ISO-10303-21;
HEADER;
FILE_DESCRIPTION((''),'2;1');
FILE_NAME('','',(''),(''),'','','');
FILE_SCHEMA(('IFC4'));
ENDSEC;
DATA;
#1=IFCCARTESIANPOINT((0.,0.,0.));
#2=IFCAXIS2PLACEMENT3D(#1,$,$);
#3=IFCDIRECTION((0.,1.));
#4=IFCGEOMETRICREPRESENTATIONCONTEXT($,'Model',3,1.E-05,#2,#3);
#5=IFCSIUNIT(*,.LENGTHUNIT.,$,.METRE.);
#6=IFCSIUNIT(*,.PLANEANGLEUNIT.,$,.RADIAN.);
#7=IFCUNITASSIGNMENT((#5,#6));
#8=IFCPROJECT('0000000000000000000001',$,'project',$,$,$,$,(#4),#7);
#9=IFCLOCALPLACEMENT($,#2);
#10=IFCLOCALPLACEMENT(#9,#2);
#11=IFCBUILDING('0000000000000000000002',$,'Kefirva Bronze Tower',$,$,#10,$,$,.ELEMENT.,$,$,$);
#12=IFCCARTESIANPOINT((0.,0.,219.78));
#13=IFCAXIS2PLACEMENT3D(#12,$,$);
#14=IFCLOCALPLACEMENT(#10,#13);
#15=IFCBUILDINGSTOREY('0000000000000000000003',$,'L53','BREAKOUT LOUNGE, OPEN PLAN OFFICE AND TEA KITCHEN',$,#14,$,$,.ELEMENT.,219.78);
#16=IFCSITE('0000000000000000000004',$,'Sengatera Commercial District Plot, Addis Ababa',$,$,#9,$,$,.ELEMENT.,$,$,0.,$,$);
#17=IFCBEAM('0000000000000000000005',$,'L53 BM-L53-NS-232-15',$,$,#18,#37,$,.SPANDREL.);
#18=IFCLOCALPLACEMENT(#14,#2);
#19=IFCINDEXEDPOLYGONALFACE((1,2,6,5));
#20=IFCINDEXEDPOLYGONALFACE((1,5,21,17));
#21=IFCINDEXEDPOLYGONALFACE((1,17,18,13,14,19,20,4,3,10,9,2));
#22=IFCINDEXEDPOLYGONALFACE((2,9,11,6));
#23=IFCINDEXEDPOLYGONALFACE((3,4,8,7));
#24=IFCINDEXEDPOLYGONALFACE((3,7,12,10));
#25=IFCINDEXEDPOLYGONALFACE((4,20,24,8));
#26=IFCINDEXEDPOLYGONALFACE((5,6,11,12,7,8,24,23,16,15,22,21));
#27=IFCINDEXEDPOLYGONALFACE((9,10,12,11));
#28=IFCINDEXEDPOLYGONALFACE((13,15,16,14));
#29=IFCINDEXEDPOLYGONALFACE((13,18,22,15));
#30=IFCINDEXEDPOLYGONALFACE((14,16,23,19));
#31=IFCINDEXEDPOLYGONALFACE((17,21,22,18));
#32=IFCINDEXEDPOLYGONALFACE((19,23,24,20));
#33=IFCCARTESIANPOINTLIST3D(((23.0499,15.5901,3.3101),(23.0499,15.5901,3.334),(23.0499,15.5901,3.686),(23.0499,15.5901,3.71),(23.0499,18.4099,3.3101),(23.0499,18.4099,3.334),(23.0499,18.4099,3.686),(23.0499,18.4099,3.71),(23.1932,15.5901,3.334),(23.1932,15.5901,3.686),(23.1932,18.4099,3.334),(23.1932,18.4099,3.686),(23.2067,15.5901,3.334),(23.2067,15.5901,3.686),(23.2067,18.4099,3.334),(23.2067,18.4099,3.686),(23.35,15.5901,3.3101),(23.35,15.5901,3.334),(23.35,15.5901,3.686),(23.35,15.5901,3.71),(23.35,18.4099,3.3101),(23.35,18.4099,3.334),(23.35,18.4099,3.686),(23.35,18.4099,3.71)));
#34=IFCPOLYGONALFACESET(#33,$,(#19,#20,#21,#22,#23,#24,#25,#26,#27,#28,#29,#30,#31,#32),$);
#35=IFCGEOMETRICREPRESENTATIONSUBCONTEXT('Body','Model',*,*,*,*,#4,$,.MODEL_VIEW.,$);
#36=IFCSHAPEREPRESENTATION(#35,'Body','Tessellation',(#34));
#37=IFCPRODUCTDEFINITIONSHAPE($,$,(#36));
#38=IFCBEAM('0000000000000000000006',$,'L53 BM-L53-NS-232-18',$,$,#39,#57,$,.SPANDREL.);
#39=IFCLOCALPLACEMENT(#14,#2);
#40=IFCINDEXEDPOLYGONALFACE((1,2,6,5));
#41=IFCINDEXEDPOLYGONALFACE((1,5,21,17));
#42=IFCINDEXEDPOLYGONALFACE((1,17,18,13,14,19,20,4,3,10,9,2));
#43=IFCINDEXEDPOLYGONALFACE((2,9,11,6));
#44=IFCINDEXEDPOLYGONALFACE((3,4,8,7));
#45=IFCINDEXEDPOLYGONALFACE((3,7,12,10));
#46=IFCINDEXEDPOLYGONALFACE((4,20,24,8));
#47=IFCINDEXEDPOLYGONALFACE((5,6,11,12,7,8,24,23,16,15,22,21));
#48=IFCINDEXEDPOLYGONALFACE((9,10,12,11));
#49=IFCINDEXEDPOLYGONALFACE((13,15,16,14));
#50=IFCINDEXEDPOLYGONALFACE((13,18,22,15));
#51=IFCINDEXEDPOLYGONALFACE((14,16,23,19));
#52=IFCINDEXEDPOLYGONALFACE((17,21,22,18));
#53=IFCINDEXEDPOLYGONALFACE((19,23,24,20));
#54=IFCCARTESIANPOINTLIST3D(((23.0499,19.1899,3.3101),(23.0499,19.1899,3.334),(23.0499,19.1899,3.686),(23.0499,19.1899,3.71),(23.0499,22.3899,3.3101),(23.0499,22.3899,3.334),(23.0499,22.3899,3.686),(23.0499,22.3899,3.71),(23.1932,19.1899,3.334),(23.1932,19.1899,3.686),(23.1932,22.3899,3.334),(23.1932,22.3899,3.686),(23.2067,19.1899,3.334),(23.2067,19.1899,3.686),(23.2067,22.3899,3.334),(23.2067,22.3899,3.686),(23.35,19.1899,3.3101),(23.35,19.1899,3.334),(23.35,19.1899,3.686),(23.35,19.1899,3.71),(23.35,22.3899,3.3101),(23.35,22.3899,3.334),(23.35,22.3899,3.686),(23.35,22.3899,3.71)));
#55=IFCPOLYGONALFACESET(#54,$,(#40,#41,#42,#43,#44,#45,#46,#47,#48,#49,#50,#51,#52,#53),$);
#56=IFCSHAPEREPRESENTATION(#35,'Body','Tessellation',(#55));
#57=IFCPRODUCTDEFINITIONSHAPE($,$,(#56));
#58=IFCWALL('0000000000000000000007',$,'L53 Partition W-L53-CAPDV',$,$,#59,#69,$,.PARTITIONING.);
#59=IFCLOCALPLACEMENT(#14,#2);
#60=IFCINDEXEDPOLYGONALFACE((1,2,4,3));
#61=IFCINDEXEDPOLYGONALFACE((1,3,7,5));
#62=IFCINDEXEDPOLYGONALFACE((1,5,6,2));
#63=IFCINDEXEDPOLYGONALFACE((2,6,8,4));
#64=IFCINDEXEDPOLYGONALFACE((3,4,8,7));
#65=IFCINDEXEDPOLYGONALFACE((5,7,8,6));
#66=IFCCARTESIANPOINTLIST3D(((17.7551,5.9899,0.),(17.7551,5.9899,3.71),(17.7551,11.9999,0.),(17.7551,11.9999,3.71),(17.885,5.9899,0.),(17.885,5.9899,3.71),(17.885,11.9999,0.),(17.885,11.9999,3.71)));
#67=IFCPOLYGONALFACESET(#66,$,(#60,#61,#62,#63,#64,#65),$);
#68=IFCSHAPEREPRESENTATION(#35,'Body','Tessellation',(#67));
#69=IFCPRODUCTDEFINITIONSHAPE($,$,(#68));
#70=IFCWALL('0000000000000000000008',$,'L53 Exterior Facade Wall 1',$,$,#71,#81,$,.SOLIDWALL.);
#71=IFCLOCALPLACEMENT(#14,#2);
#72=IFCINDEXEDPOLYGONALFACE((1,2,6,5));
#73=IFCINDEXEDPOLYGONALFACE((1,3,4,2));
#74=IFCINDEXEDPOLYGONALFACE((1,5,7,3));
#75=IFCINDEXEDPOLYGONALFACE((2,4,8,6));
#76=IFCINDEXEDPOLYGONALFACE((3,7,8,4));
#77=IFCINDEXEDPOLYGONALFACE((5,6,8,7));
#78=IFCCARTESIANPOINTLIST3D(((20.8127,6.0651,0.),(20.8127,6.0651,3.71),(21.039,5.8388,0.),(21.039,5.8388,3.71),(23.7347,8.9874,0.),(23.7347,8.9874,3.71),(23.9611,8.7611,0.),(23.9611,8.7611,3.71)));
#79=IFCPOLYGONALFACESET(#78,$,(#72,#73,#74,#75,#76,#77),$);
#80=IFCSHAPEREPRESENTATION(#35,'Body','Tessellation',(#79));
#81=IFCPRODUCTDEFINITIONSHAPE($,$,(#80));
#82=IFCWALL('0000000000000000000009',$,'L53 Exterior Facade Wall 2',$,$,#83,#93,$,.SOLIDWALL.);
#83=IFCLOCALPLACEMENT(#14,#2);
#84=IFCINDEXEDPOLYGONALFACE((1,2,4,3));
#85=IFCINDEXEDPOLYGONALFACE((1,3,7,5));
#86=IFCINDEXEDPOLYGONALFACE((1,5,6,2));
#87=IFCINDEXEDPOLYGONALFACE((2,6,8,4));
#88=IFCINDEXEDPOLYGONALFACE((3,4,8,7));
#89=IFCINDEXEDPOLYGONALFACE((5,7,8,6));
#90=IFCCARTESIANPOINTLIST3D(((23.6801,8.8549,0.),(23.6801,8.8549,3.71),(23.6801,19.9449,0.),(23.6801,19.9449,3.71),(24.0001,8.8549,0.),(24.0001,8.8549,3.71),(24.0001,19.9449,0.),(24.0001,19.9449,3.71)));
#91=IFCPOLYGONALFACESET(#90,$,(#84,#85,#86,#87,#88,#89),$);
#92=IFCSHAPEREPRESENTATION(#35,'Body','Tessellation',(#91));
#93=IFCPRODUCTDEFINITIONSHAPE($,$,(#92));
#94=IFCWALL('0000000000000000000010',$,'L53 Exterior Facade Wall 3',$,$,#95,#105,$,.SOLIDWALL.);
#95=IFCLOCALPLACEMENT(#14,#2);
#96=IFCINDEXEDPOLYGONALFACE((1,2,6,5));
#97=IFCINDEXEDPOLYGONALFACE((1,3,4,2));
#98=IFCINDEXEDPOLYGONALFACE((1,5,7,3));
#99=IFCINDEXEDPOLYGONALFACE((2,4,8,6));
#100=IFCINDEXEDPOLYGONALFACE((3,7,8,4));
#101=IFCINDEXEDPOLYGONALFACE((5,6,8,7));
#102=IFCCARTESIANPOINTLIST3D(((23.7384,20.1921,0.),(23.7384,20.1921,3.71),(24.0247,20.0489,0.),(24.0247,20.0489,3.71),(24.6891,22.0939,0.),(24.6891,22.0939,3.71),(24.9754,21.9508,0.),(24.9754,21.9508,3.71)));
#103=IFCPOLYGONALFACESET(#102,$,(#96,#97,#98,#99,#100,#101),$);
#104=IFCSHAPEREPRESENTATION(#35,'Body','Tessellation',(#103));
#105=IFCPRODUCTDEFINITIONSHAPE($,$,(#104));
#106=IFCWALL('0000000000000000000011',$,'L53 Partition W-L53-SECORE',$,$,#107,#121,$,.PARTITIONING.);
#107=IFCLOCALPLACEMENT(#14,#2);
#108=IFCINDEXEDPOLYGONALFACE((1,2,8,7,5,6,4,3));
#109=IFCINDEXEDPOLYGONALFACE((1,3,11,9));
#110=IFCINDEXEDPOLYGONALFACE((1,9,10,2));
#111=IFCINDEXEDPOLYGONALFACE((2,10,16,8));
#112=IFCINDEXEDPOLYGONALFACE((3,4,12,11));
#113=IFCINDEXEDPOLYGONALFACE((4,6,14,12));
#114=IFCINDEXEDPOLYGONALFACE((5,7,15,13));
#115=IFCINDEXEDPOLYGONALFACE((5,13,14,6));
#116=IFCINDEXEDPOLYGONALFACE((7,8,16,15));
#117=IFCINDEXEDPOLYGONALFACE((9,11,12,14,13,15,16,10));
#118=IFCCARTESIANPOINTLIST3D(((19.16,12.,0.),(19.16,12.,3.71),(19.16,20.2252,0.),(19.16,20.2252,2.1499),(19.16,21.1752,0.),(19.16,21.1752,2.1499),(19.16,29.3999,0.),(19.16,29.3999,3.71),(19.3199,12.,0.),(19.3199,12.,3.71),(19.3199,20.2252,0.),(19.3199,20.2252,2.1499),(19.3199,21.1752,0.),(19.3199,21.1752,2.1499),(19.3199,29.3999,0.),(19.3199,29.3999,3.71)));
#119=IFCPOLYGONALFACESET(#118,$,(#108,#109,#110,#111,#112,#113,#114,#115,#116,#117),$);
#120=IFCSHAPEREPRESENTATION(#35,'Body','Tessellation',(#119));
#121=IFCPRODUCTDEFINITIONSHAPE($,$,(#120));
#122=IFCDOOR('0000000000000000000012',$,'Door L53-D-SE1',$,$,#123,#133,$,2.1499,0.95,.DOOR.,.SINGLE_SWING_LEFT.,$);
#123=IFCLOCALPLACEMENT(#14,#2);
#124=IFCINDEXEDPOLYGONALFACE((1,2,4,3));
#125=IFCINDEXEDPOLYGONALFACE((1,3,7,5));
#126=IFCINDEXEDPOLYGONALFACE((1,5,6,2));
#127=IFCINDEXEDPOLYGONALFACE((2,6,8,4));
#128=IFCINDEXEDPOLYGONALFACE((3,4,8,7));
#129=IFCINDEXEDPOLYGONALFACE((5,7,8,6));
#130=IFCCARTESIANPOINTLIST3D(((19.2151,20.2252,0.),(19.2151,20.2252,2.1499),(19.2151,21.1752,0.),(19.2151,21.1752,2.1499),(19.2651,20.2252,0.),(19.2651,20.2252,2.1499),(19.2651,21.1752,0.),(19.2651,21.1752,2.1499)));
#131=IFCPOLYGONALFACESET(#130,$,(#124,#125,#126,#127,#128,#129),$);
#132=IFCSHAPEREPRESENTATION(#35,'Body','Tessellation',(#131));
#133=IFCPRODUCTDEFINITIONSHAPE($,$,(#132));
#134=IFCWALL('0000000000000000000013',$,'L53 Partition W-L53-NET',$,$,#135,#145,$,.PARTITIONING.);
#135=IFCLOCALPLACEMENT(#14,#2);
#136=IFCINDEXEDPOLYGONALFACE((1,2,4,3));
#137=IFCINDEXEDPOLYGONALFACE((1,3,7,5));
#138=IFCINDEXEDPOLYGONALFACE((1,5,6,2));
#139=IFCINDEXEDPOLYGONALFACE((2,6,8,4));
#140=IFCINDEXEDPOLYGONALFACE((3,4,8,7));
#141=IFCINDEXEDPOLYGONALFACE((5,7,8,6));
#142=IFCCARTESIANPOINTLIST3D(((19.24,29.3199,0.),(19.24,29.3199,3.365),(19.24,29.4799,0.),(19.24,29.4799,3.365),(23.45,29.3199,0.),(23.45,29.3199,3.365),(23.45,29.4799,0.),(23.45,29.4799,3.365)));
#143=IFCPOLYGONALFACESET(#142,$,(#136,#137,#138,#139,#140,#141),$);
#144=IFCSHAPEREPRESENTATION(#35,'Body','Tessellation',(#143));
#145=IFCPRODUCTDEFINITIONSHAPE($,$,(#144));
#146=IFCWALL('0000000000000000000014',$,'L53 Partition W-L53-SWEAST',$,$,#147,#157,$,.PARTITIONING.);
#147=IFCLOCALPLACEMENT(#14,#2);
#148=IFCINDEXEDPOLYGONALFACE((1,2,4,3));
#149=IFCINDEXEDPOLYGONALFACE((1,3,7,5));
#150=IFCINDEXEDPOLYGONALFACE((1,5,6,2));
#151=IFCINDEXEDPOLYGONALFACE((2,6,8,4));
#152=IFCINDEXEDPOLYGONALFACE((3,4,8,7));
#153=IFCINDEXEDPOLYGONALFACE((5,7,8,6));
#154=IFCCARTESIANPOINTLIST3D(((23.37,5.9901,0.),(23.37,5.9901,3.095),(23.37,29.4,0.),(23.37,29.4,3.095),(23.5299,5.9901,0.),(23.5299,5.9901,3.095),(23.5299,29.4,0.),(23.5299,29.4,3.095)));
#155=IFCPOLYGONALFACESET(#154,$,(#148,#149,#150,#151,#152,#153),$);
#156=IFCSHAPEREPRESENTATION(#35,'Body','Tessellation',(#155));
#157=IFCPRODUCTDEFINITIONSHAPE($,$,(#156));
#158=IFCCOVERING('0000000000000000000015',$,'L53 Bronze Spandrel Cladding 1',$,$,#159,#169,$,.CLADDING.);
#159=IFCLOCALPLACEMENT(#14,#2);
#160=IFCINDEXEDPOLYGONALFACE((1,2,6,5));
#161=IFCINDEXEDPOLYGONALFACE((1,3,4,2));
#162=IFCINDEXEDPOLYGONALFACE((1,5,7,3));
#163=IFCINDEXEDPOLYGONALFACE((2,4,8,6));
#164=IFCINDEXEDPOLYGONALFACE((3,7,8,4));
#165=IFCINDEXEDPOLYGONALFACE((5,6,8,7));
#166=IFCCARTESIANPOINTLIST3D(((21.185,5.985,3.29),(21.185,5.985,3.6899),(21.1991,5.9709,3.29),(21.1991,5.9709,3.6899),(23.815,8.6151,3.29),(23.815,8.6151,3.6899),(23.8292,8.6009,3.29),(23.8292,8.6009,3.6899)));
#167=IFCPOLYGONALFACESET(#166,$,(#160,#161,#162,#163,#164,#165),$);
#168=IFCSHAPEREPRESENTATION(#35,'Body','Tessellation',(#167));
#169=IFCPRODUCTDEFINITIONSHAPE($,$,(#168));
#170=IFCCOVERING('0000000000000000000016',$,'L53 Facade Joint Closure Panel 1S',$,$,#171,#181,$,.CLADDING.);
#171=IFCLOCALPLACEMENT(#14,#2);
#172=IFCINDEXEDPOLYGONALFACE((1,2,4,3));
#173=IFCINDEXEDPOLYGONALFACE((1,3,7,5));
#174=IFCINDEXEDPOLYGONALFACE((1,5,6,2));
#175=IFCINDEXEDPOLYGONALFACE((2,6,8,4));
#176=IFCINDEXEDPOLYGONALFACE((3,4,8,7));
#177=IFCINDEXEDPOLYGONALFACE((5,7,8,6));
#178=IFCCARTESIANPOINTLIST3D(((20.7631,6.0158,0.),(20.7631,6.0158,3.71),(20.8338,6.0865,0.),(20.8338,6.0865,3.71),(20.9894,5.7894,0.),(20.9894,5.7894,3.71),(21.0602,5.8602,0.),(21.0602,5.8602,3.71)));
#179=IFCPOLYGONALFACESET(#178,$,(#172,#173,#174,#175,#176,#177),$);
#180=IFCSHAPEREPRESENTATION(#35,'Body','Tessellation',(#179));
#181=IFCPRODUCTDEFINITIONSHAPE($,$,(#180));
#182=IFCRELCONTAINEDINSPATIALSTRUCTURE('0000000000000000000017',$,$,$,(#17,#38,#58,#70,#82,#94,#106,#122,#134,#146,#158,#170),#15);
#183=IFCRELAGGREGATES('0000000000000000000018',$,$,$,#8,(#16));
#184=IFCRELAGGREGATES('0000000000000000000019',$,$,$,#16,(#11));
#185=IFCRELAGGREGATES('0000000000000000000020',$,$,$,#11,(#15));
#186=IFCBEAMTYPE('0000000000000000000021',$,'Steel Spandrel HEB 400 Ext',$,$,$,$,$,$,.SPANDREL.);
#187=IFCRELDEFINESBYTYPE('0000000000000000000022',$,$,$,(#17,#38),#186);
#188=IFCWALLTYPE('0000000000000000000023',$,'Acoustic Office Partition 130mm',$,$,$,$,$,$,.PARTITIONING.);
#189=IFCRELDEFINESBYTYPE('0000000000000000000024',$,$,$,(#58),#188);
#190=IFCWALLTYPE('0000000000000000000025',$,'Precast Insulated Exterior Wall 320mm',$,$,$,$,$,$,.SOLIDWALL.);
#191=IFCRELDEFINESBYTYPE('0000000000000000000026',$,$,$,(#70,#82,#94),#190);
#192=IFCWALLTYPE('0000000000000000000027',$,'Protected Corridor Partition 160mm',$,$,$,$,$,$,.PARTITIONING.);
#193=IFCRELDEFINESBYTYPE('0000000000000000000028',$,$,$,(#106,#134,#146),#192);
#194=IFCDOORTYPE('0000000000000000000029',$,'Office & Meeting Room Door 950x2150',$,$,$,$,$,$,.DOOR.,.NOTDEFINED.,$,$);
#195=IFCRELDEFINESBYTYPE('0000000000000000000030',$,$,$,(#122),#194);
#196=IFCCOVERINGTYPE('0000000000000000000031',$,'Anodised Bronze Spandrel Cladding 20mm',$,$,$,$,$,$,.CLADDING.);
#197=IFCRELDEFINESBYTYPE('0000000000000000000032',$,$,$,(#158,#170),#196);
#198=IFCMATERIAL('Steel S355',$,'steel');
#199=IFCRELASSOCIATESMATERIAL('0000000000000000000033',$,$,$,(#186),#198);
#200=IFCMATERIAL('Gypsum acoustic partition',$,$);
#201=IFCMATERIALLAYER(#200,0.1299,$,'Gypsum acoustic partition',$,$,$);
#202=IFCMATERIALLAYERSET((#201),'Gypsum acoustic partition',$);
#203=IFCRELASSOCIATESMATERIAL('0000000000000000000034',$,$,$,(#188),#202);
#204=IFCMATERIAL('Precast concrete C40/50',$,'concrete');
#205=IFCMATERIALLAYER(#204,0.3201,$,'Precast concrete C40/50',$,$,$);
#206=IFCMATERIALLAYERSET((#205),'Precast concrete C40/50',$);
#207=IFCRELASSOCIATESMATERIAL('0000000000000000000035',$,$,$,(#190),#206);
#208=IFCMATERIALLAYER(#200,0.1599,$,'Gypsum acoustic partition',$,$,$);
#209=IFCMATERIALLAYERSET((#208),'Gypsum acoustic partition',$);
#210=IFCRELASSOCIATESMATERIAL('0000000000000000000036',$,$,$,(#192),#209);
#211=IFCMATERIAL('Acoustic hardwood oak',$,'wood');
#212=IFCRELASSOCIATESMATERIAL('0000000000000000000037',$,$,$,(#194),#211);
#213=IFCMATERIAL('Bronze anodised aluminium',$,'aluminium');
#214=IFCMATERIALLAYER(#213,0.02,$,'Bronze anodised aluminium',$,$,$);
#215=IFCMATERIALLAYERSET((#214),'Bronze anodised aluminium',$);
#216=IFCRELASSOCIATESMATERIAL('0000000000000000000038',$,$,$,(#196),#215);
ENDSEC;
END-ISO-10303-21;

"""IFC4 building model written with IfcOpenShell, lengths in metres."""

from ifc_helpers import new_model, si_unit, direction, frame, frame_2d, origin, origin_2d, place, context, subcontext, project, spatial, rectangle, i_section, extrude, material, layer, layer_set, material_profile, profile_set, type_object, element, fill, save


model = new_model("IFC4")

# Units and contexts
model_context = context("Model", 3, precision=1e-05, world=origin(), true_north=direction((0.0, 1.0)))
body_context = subcontext(model_context, "Body", "Model", "MODEL_VIEW")
ifc_project = project(units=[si_unit("LENGTHUNIT", "METRE"), si_unit("PLANEANGLEUNIT", "RADIAN")], contexts=[model_context])

# Site, building, storey
site_placement = place(None, origin())
site = spatial("IfcSite", under=ifc_project, at=site_placement, Name="Sengatera Commercial District Plot, Addis Ababa", CompositionType="ELEMENT", RefElevation=0.0)
building_placement = place(site_placement, origin())
building = spatial("IfcBuilding", under=site, at=building_placement, Name="Kefirva Bronze Tower", CompositionType="ELEMENT")
storey_placement = place(building_placement, frame((0.0, 0.0, 219.78)))
storey = spatial("IfcBuildingStorey", under=building, at=storey_placement, Name="L53", Description="BREAKOUT LOUNGE, OPEN PLAN OFFICE AND TEA KITCHEN", CompositionType="ELEMENT", Elevation=219.78)

# Shared definitions
ifc_material_1 = material(Name="Bronze anodised aluminium", Category="aluminium")

# Beams
ifc_material_2 = material(Name="Steel S355", Category="steel")
ifc_material_profile_1 = material_profile(ifc_material_2, i_section(OverallWidth=0.3, OverallDepth=0.3999, WebThickness=0.0134, FlangeThickness=0.0239, at=origin_2d()), Name="HEB 400")
ifc_profile_set_1 = profile_set([ifc_material_profile_1], Name="Steel S355")
beam_type_1 = type_object("IfcBeamType", Name="Steel Spandrel HEB 400 Ext", PredefinedType="SPANDREL", material=ifc_profile_set_1)
beam_1_placement = place(storey_placement, frame((23.2, 15.5901, 3.51), z_axis=(0.0, 1.0, 0.0), x_axis=(-1.0, 0.0, 0.0)))
element("IfcBeam", 1, at=beam_1_placement, inside=storey, type_object=beam_type_1, Name="L53 BM-L53-NS-232-15", PredefinedType="SPANDREL", context=body_context, shape_type="SweptSolid", body=[
    extrude(i_section(OverallWidth=0.3, OverallDepth=0.3999, WebThickness=0.0134, FlangeThickness=0.0239, at=origin_2d()), origin(), (0.0, 0.0, 1.0), 2.8198),
])
beam_2_placement = place(storey_placement, frame((23.2, 19.1899, 3.51), z_axis=(0.0, 1.0, 0.0), x_axis=(-1.0, 0.0, 0.0)))
element("IfcBeam", 2, at=beam_2_placement, inside=storey, type_object=beam_type_1, Name="L53 BM-L53-NS-232-18", PredefinedType="SPANDREL", context=body_context, shape_type="SweptSolid", body=[
    extrude(i_section(OverallWidth=0.3, OverallDepth=0.3999, WebThickness=0.0134, FlangeThickness=0.0239, at=origin_2d()), origin(), (0.0, 0.0, 1.0), 3.2),
])

# Walls
ifc_material_3 = material(Name="Gypsum acoustic partition")
ifc_layer_1 = layer(ifc_material_3, 0.1299, Name="Gypsum acoustic partition")
ifc_layer_set_1 = layer_set([ifc_layer_1], Name="Gypsum acoustic partition")
wall_type_1 = type_object("IfcWallType", Name="Acoustic Office Partition 130mm", PredefinedType="PARTITIONING", material=ifc_layer_set_1)
wall_1_placement = place(storey_placement, frame((17.8201, 5.99, 0.0), z_axis=(0.0, 0.0, 1.0), x_axis=(0.0, 1.0, 0.0)))
element("IfcWall", 3, at=wall_1_placement, inside=storey, type_object=wall_type_1, Name="L53 Partition W-L53-CAPDV", PredefinedType="PARTITIONING", context=body_context, shape_type="SweptSolid", body=[
    extrude(rectangle(XDim=6.01, YDim=0.1299, at=frame_2d((3.0049, 0.0))), origin(), (0.0, 0.0, 1.0), 3.71),
])
ifc_material_4 = material(Name="Precast concrete C40/50", Category="concrete")
ifc_layer_2 = layer(ifc_material_4, 0.3201, Name="Precast concrete C40/50")
ifc_layer_set_2 = layer_set([ifc_layer_2], Name="Precast concrete C40/50")
wall_type_2 = type_object("IfcWallType", Name="Precast Insulated Exterior Wall 320mm", PredefinedType="SOLIDWALL", material=ifc_layer_set_2)
wall_2_placement = place(storey_placement, frame((20.9258, 5.9519, 0.0), z_axis=(0.0, 0.0, 1.0), x_axis=(0.707077, 0.707136, 0.0)))
element("IfcWall", 4, at=wall_2_placement, inside=storey, type_object=wall_type_2, Name="L53 Exterior Facade Wall 1", PredefinedType="SOLIDWALL", context=body_context, shape_type="SweptSolid", body=[
    extrude(rectangle(XDim=4.1326, YDim=0.3201, at=frame_2d((2.0664, 0.0))), origin(), (0.0, 0.0, 1.0), 3.71),
])
wall_3_placement = place(storey_placement, frame((23.8401, 8.855, 0.0), z_axis=(0.0, 0.0, 1.0), x_axis=(0.0, 1.0, 0.0)))
element("IfcWall", 5, at=wall_3_placement, inside=storey, type_object=wall_type_2, Name="L53 Exterior Facade Wall 2", PredefinedType="SOLIDWALL", context=body_context, shape_type="SweptSolid", body=[
    extrude(rectangle(XDim=11.0901, YDim=0.3201, at=frame_2d((5.5449, 0.0))), origin(), (0.0, 0.0, 1.0), 3.71),
])
wall_4_placement = place(storey_placement, frame((23.8816, 20.1206, 0.0), z_axis=(0.0, 0.0, 1.0), x_axis=(0.447122, 0.894473, 0.0)))
element("IfcWall", 6, at=wall_4_placement, inside=storey, type_object=wall_type_2, Name="L53 Exterior Facade Wall 3", PredefinedType="SOLIDWALL", context=body_context, shape_type="SweptSolid", body=[
    extrude(rectangle(XDim=2.1262, YDim=0.3201, at=frame_2d((1.063, 0.0))), origin(), (0.0, 0.0, 1.0), 3.71),
])

# Wall, opening, door
ifc_layer_3 = layer(ifc_material_3, 0.1599, Name="Gypsum acoustic partition")
ifc_layer_set_3 = layer_set([ifc_layer_3], Name="Gypsum acoustic partition")
wall_type_3 = type_object("IfcWallType", Name="Protected Corridor Partition 160mm", PredefinedType="PARTITIONING", material=ifc_layer_set_3)
wall_5_placement = place(storey_placement, frame((19.24, 12.0, 0.0), z_axis=(0.0, 0.0, 1.0), x_axis=(0.0, 1.0, 0.0)))
wall_5 = element("IfcWall", 7, at=wall_5_placement, inside=storey, type_object=wall_type_3, Name="L53 Partition W-L53-SECORE", PredefinedType="PARTITIONING", context=body_context, shape_type="SweptSolid", body=[
    extrude(rectangle(XDim=17.3999, YDim=0.1599, at=frame_2d((8.7, 0.0))), origin(), (0.0, 0.0, 1.0), 3.71),
])
opening_placement = place(wall_5_placement, frame((8.2251, 0.0, 0.0)))
opening = element("IfcOpeningElement", 8, at=opening_placement, cuts=wall_5, PredefinedType="OPENING", context=body_context, shape_type="SweptSolid", body=[
    extrude(rectangle(XDim=0.95, YDim=2.1499, at=frame_2d((0.4751, 1.075))), frame((0.0, 0.0898, 0.0), z_axis=(0.0, -1.0, 0.0), x_axis=(1.0, 0.0, 0.0)), (0.0, 0.0, 1.0), 0.1799),
])
ifc_material_5 = material(Name="Acoustic hardwood oak", Category="wood")
door_type = type_object("IfcDoorType", Name="Office & Meeting Room Door 950x2150", OperationType="NOTDEFINED", PredefinedType="DOOR", material=ifc_material_5)
door_placement = place(opening_placement, origin())
door = element("IfcDoor", 9, at=door_placement, inside=storey, type_object=door_type, Name="Door L53-D-SE1", OperationType="SINGLE_SWING_LEFT", OverallHeight=2.1499, OverallWidth=0.95, PredefinedType="DOOR", context=body_context, shape_type="SweptSolid", body=[
    extrude(rectangle(XDim=0.95, YDim=2.1499, at=frame_2d((0.4751, 1.075))), frame((0.0, 0.0249, 0.0), z_axis=(0.0, -1.0, 0.0), x_axis=(1.0, 0.0, 0.0)), (0.0, 0.0, 1.0), 0.05),
])
fill(opening, door)

# Walls
wall_6_placement = place(storey_placement, frame((19.24, 29.3999, 0.0), z_axis=(0.0, 0.0, 1.0), x_axis=(1.0, 0.0, 0.0)))
element("IfcWall", 10, at=wall_6_placement, inside=storey, type_object=wall_type_3, Name="L53 Partition W-L53-NET", PredefinedType="PARTITIONING", context=body_context, shape_type="SweptSolid", body=[
    extrude(rectangle(XDim=4.21, YDim=0.1599, at=frame_2d((2.105, 0.0))), origin(), (0.0, 0.0, 1.0), 3.365),
])
wall_7_placement = place(storey_placement, frame((23.45, 5.99, 0.0), z_axis=(0.0, 0.0, 1.0), x_axis=(0.0, 1.0, 0.0)))
element("IfcWall", 11, at=wall_7_placement, inside=storey, type_object=wall_type_3, Name="L53 Partition W-L53-SWEAST", PredefinedType="PARTITIONING", context=body_context, shape_type="SweptSolid", body=[
    extrude(rectangle(XDim=23.4099, YDim=0.1599, at=frame_2d((11.7051, 0.0))), origin(), (0.0, 0.0, 1.0), 3.095),
])

# Coverings
ifc_layer_4 = layer(ifc_material_1, 0.02, Name="Bronze anodised aluminium")
ifc_layer_set_4 = layer_set([ifc_layer_4], Name="Bronze anodised aluminium")
covering_type_1 = type_object("IfcCoveringType", Name="Anodised Bronze Spandrel Cladding 20mm", PredefinedType="CLADDING", material=ifc_layer_set_4)
covering_1_placement = place(storey_placement, frame((22.5071, 7.293, 3.29), z_axis=(0.0, 0.0, 1.0), x_axis=(0.707107, 0.707107, 0.0)))
element("IfcCovering", 12, at=covering_1_placement, inside=storey, type_object=covering_type_1, Name="L53 Bronze Spandrel Cladding 1", PredefinedType="CLADDING", context=body_context, shape_type="SweptSolid", body=[
    extrude(rectangle(XDim=3.7195, YDim=0.02, at=origin_2d()), origin(), (0.0, 0.0, 1.0), 0.3999),
])
for number, where, z_axis, x_axis, name in (
    (13, (20.9116, 5.938, 0.0), (0.0, 0.0, 1.0), (0.707107, 0.707107, 0.0), "L53 Facade Joint Closure Panel 1S"),
):
    element("IfcCovering", number, at=place(storey_placement, frame(where, z_axis=z_axis, x_axis=x_axis)), inside=storey, type_object=covering_type_1, Name=name, PredefinedType="CLADDING", context=body_context, shape_type="SweptSolid", body=[
        extrude(rectangle(XDim=0.1001, YDim=0.3201, at=origin_2d()), origin(), (0.0, 0.0, 1.0), 3.71),
    ])

save(model, "model.ifc")
